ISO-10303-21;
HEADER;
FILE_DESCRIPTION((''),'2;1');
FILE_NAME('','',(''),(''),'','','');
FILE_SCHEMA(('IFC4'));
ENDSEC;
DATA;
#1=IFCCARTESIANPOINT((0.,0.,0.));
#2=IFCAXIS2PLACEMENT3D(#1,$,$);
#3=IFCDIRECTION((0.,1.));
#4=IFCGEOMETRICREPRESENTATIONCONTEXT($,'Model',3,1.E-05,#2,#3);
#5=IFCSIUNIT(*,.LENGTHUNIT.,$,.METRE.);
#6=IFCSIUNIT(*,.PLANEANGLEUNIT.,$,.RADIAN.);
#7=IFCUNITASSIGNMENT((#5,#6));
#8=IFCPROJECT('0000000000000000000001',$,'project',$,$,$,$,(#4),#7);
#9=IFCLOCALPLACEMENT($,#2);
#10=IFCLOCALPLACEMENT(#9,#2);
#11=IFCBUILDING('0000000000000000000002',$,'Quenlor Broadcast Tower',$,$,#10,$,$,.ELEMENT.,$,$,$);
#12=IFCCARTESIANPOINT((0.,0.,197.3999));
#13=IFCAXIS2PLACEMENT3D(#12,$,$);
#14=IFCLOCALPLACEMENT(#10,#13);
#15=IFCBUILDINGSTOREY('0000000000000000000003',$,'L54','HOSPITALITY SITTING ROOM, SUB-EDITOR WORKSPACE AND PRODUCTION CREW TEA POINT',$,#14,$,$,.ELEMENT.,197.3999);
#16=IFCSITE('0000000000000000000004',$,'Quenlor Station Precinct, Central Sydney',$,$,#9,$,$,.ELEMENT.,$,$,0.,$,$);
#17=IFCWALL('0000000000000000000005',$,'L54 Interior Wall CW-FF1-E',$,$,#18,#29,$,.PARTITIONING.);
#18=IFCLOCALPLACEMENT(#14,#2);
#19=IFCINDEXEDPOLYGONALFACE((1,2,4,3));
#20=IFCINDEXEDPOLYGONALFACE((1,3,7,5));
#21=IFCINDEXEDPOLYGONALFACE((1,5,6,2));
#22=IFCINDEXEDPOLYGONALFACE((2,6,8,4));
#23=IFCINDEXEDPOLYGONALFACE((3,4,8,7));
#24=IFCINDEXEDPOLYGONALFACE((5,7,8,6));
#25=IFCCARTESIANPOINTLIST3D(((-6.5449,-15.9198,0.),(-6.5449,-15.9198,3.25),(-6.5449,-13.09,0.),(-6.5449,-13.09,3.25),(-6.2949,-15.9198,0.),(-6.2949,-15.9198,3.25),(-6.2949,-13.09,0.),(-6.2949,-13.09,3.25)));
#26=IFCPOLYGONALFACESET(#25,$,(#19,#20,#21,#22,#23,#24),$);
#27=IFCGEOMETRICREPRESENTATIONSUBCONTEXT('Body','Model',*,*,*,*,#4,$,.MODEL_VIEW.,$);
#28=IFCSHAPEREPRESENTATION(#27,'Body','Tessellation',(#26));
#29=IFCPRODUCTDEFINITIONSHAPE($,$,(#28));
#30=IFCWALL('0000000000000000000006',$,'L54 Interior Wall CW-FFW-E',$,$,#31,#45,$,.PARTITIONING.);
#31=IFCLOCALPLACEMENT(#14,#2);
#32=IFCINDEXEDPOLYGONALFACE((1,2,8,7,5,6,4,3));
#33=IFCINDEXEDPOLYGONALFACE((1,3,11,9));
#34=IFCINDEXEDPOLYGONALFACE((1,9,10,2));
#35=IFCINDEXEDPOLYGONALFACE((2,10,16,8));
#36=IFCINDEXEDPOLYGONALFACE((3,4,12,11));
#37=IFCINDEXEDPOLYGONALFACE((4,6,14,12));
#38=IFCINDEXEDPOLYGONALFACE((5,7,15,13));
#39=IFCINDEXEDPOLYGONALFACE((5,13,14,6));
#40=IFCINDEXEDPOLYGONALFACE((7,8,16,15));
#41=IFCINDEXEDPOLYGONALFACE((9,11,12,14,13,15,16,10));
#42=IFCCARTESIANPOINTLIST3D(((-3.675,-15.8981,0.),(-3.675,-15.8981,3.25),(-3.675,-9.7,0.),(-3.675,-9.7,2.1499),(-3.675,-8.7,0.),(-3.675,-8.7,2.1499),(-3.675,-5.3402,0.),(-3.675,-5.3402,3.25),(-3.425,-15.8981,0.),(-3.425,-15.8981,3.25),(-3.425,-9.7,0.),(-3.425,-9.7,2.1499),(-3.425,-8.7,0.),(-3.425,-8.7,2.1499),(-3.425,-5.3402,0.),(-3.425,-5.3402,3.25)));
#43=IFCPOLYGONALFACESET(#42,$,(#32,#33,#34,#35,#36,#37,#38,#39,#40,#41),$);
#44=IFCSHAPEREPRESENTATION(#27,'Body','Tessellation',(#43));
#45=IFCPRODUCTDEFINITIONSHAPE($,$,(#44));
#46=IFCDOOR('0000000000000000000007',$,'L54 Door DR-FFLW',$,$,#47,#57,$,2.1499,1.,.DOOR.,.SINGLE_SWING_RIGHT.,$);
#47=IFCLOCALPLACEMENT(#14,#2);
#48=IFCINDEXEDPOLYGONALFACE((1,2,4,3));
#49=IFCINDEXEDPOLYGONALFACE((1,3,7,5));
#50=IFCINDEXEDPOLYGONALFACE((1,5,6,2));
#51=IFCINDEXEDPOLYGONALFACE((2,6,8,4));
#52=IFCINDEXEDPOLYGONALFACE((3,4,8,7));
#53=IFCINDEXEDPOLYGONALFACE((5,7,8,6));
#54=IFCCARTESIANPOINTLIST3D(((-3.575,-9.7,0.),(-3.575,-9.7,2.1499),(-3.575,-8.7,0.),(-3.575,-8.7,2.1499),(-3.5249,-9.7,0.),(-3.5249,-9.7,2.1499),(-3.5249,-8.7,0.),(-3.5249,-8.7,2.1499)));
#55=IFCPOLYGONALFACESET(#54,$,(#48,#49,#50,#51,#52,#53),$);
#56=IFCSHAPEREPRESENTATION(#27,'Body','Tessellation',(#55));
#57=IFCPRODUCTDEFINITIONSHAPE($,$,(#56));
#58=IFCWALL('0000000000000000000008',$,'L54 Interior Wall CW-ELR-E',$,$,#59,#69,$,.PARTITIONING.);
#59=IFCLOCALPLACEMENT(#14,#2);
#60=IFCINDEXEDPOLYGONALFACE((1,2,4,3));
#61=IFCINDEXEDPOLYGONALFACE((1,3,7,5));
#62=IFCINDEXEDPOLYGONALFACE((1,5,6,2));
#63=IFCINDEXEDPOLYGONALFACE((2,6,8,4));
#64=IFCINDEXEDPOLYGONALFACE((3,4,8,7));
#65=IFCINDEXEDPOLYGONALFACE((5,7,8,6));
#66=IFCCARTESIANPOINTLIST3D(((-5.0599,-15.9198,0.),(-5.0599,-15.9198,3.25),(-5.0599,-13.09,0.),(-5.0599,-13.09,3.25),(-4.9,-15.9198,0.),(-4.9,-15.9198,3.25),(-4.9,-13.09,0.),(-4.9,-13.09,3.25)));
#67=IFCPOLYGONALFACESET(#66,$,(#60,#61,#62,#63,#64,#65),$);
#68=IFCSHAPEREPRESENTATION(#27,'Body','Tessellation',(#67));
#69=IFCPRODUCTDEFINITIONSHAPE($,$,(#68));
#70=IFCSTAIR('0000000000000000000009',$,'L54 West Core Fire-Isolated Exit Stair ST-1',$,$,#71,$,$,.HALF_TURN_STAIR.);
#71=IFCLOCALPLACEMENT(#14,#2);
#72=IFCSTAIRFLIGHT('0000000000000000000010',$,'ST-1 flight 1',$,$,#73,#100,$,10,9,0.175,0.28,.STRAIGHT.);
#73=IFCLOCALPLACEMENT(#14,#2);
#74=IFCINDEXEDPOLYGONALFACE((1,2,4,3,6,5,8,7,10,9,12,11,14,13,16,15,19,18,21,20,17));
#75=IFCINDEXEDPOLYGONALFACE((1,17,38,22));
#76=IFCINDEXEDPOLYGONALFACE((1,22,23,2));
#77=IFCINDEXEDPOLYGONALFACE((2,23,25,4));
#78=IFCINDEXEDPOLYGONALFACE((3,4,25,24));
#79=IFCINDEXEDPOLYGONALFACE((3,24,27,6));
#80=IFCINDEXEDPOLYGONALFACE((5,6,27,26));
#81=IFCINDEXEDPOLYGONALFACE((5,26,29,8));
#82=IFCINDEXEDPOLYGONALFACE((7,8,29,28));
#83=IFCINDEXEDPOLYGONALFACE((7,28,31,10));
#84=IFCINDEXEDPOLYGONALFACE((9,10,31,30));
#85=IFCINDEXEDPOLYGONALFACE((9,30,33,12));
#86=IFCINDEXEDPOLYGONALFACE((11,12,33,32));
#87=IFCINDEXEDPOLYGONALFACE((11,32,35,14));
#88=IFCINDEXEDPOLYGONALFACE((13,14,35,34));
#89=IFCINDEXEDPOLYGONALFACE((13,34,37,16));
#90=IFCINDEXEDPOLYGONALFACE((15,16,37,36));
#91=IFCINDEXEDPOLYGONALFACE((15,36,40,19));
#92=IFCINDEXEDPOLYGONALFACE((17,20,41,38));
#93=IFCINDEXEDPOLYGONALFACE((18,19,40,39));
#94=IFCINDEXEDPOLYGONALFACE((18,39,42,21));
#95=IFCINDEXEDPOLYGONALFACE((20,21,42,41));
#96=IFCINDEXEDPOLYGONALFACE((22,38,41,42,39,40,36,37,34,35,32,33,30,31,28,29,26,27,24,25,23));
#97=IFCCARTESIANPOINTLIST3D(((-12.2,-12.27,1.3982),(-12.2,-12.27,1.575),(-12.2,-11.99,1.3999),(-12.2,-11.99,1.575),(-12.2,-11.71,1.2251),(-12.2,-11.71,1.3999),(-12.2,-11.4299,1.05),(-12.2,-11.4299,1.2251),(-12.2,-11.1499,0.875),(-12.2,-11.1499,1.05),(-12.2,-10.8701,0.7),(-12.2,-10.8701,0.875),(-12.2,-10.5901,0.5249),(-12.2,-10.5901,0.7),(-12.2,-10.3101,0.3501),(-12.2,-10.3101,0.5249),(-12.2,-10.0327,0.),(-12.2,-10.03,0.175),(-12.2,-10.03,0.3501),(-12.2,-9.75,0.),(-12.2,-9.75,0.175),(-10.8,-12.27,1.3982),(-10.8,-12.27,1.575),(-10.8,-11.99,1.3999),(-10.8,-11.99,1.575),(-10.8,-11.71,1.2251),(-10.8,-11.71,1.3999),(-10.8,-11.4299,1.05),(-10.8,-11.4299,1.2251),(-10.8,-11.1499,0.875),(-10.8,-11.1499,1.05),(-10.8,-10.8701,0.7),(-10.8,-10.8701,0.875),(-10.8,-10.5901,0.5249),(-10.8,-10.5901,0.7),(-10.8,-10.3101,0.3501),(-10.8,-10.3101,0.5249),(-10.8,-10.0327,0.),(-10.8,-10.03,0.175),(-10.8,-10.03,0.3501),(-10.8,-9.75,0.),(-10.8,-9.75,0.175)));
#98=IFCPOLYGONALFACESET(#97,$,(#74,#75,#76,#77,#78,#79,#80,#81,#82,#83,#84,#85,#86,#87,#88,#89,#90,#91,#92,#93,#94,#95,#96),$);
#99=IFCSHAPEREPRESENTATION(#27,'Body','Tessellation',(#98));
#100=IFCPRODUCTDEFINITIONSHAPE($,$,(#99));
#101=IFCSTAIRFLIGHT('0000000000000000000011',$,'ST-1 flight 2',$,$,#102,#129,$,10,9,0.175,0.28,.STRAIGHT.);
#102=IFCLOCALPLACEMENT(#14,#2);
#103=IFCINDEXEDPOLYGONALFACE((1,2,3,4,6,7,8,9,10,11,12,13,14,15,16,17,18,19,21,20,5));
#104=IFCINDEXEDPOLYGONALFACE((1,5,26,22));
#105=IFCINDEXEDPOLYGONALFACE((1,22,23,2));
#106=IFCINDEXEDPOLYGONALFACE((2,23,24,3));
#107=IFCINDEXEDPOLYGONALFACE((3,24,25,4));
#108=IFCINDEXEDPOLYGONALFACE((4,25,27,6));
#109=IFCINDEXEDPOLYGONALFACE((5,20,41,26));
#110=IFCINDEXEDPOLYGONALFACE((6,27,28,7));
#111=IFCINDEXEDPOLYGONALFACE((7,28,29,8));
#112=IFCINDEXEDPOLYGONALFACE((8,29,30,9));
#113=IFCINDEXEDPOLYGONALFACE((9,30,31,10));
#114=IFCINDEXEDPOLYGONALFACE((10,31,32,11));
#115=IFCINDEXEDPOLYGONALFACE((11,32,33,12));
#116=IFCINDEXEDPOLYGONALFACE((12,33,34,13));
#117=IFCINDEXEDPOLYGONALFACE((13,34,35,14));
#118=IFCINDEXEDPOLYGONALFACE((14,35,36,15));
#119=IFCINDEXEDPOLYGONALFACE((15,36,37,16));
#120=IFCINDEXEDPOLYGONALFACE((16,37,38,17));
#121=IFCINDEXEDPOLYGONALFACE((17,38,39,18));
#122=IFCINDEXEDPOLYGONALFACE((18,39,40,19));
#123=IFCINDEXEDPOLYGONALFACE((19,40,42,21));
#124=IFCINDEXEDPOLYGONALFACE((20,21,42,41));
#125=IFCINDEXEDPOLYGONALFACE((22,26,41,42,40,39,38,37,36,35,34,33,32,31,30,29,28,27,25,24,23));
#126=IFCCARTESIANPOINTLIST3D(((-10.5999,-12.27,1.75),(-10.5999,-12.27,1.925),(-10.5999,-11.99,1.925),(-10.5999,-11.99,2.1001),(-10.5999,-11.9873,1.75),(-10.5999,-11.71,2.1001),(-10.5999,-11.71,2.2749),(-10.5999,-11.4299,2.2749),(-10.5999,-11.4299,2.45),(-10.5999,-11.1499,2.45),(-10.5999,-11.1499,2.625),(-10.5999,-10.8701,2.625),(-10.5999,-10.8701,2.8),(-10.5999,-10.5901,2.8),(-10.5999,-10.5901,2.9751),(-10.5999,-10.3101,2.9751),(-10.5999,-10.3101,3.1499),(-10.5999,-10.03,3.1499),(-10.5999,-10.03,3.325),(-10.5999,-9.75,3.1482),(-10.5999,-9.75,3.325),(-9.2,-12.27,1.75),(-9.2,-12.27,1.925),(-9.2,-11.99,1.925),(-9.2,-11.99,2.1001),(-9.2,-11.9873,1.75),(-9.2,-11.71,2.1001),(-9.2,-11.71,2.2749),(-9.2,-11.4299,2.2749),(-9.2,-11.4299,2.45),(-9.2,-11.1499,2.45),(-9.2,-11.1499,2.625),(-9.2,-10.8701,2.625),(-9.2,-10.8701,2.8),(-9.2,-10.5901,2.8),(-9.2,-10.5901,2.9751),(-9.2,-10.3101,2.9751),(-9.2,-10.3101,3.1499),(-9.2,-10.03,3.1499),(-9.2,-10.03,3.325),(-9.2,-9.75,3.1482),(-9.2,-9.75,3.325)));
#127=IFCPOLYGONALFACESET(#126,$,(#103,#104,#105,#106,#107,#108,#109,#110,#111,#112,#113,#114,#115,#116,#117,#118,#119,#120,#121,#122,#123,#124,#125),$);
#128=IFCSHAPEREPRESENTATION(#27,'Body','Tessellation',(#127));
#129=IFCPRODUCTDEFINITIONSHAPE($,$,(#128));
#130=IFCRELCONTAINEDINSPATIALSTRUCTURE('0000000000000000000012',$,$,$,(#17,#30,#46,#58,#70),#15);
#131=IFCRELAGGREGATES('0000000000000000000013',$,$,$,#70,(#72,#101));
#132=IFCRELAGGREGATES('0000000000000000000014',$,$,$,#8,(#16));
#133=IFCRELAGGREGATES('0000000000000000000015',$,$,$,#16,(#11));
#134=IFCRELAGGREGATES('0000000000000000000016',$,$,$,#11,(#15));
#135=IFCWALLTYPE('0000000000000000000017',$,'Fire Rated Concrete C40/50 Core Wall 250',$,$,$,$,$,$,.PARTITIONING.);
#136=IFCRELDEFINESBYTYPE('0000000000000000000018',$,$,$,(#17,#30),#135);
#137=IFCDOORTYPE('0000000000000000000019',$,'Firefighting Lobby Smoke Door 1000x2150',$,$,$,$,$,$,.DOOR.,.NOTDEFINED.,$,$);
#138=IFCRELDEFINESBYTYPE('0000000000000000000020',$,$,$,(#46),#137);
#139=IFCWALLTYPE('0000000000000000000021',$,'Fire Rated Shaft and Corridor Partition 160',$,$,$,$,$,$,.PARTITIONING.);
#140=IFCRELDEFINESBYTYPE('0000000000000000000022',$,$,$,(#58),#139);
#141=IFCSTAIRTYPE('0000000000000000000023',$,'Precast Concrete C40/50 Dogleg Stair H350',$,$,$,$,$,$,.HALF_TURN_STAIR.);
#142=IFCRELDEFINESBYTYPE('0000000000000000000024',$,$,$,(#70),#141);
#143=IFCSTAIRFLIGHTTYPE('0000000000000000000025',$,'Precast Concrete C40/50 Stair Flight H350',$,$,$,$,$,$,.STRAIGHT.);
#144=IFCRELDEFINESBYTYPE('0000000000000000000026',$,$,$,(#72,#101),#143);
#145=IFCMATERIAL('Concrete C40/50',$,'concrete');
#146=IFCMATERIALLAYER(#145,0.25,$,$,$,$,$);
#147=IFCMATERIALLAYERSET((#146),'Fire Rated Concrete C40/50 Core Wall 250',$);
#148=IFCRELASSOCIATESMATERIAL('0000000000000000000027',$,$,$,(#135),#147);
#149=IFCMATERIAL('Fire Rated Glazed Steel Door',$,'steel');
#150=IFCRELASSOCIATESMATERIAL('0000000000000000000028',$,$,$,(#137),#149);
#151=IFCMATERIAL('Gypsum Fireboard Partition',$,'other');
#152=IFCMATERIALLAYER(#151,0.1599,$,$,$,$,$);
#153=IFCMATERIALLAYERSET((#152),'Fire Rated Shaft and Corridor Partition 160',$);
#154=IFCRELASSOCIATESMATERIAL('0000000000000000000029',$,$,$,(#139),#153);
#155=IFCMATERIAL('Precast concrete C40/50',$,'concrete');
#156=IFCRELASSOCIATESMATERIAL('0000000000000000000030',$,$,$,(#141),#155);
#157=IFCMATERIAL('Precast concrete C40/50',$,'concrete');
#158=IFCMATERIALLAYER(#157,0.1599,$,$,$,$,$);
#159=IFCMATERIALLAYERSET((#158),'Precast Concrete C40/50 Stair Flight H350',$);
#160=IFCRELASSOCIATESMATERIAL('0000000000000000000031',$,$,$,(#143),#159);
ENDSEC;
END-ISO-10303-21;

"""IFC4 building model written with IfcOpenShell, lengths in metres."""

from ifc_helpers import new_model, si_unit, direction, frame, frame_2d, origin, place, context, subcontext, project, spatial, polyline, rectangle, outline, extrude, material, layer, layer_set, type_object, element, fill, aggregate, save


model = new_model("IFC4")

# Units and contexts
model_context = context("Model", 3, precision=1e-05, world=origin(), true_north=direction((0.0, 1.0)))
body_context = subcontext(model_context, "Body", "Model", "MODEL_VIEW")
ifc_project = project(units=[si_unit("LENGTHUNIT", "METRE"), si_unit("PLANEANGLEUNIT", "RADIAN")], contexts=[model_context])

# Site, building, storey
site_placement = place(None, origin())
site = spatial("IfcSite", under=ifc_project, at=site_placement, Name="Quenlor Station Precinct, Central Sydney", CompositionType="ELEMENT", RefElevation=0.0)
building_placement = place(site_placement, origin())
building = spatial("IfcBuilding", under=site, at=building_placement, Name="Quenlor Broadcast Tower", CompositionType="ELEMENT")
storey_placement = place(building_placement, frame((0.0, 0.0, 197.3999)))
storey = spatial("IfcBuildingStorey", under=building, at=storey_placement, Name="L54", Description="HOSPITALITY SITTING ROOM, SUB-EDITOR WORKSPACE AND PRODUCTION CREW TEA POINT", CompositionType="ELEMENT", Elevation=197.3999)

# Shared definitions
ifc_material_1 = material(Name="Concrete C40/50", Category="concrete")
ifc_layer_1 = layer(ifc_material_1, 0.25)
ifc_layer_set_1 = layer_set([ifc_layer_1], Name="Fire Rated Concrete C40/50 Core Wall 250")
wall_type_1 = type_object("IfcWallType", Name="Fire Rated Concrete C40/50 Core Wall 250", PredefinedType="PARTITIONING", material=ifc_layer_set_1)

# Wall
wall_1_placement = place(storey_placement, frame((-6.4199, -15.9199, 0.0), z_axis=(0.0, 0.0, 1.0), x_axis=(0.0, 1.0, 0.0)))
element("IfcWall", 1, at=wall_1_placement, inside=storey, type_object=wall_type_1, Name="L54 Interior Wall CW-FF1-E", PredefinedType="PARTITIONING", context=body_context, shape_type="SweptSolid", body=[
    extrude(rectangle(XDim=2.8298, YDim=0.25, at=frame_2d((1.415, 0.0))), origin(), (0.0, 0.0, 1.0), 3.25),
])

# Wall, opening, door
wall_2_placement = place(storey_placement, frame((-3.55, -15.8979, 0.0), z_axis=(0.0, 0.0, 1.0), x_axis=(0.0, 1.0, 0.0)))
wall_2 = element("IfcWall", 2, at=wall_2_placement, inside=storey, type_object=wall_type_1, Name="L54 Interior Wall CW-FFW-E", PredefinedType="PARTITIONING", context=body_context, shape_type="SweptSolid", body=[
    extrude(rectangle(XDim=10.5579, YDim=0.25, at=frame_2d((5.2788, 0.0))), origin(), (0.0, 0.0, 1.0), 3.25),
])
opening_1_placement = place(wall_2_placement, frame((6.198, 0.0, 0.0)))
opening_1 = element("IfcOpeningElement", 3, at=opening_1_placement, cuts=wall_2, PredefinedType="OPENING", context=body_context, shape_type="SweptSolid", body=[
    extrude(rectangle(XDim=1.0, YDim=2.1499, at=frame_2d((0.5, 1.075))), frame((0.0, 0.135, 0.0), z_axis=(0.0, -1.0, 0.0), x_axis=(1.0, 0.0, 0.0)), (0.0, 0.0, 1.0), 0.27),
])
ifc_material_2 = material(Name="Fire Rated Glazed Steel Door", Category="steel")
door_type_1 = type_object("IfcDoorType", Name="Firefighting Lobby Smoke Door 1000x2150", OperationType="NOTDEFINED", PredefinedType="DOOR", material=ifc_material_2)
door_1_placement = place(opening_1_placement, origin())
door_1 = element("IfcDoor", 4, at=door_1_placement, inside=storey, type_object=door_type_1, Name="L54 Door DR-FFLW", OperationType="SINGLE_SWING_RIGHT", OverallHeight=2.1499, OverallWidth=1.0, PredefinedType="DOOR", context=body_context, shape_type="SweptSolid", body=[
    extrude(rectangle(XDim=1.0, YDim=2.1499, at=frame_2d((0.5, 1.075))), frame((0.0, 0.0249, 0.0), z_axis=(0.0, -1.0, 0.0), x_axis=(1.0, 0.0, 0.0)), (0.0, 0.0, 1.0), 0.05),
])
fill(opening_1, door_1)

# Wall
ifc_material_3 = material(Name="Gypsum Fireboard Partition", Category="other")
ifc_layer_2 = layer(ifc_material_3, 0.1599)
ifc_layer_set_2 = layer_set([ifc_layer_2], Name="Fire Rated Shaft and Corridor Partition 160")
wall_type_2 = type_object("IfcWallType", Name="Fire Rated Shaft and Corridor Partition 160", PredefinedType="PARTITIONING", material=ifc_layer_set_2)
wall_3_placement = place(storey_placement, frame((-4.98, -15.9199, 0.0), z_axis=(0.0, 0.0, 1.0), x_axis=(0.0, 1.0, 0.0)))
element("IfcWall", 5, at=wall_3_placement, inside=storey, type_object=wall_type_2, Name="L54 Interior Wall CW-ELR-E", PredefinedType="PARTITIONING", context=body_context, shape_type="SweptSolid", body=[
    extrude(rectangle(XDim=2.8298, YDim=0.1599, at=frame_2d((1.415, 0.0))), origin(), (0.0, 0.0, 1.0), 3.25),
])

# Stair, stair flights
ifc_material_4 = material(Name="Precast concrete C40/50", Category="concrete")
stair_type = type_object("IfcStairType", Name="Precast Concrete C40/50 Dogleg Stair H350", PredefinedType="HALF_TURN_STAIR", material=ifc_material_4)
stair_placement = place(storey_placement, origin())
stair = element("IfcStair", 6, at=stair_placement, inside=storey, type_object=stair_type, Name="L54 West Core Fire-Isolated Exit Stair ST-1", PredefinedType="HALF_TURN_STAIR")
ifc_material_5 = material(Name="Precast concrete C40/50", Category="concrete")
ifc_layer_3 = layer(ifc_material_5, 0.1599)
ifc_layer_set_3 = layer_set([ifc_layer_3], Name="Precast Concrete C40/50 Stair Flight H350")
stair_flight_type = type_object("IfcStairFlightType", Name="Precast Concrete C40/50 Stair Flight H350", PredefinedType="STRAIGHT", material=ifc_layer_set_3)
stair_flight_1_placement = place(storey_placement, frame((-11.5, -9.75, 0.0), z_axis=(0.0, 0.0, 1.0), x_axis=(0.0, -1.0, 0.0)))
stair_flight_1 = element("IfcStairFlight", 7, at=stair_flight_1_placement, type_object=stair_flight_type, Name="ST-1 flight 1", NumberOfRisers=10, NumberOfTreads=9, PredefinedType="STRAIGHT", RiserHeight=0.175, TreadLength=0.28, context=body_context, shape_type="SweptSolid", body=[
    extrude(outline(polyline([(0.0, 0.0), (0.0, 0.175), (0.28, 0.175), (0.28, 0.3501), (0.5601, 0.3501), (0.5601, 0.5249), (0.8401, 0.5249), (0.8401, 0.7), (1.1201, 0.7), (1.1201, 0.875), (1.3999, 0.875), (1.3999, 1.05), (1.6799, 1.05), (1.6799, 1.2251), (1.96, 1.2251), (1.96, 1.3999), (2.24, 1.3999), (2.24, 1.575), (2.52, 1.575), (2.52, 1.75), (2.52, 1.3982), (0.2827, 0.0), (0.0, 0.0)])), frame((0.0, 0.7, 0.0), z_axis=(0.0, -1.0, 0.0), x_axis=(1.0, 0.0, 0.0)), (0.0, 0.0, 1.0), 1.3999),
])
stair_flight_2_placement = place(storey_placement, frame((-9.8999, -12.27, 1.75), z_axis=(0.0, 0.0, 1.0), x_axis=(0.0, 1.0, 0.0)))
stair_flight_2 = element("IfcStairFlight", 8, at=stair_flight_2_placement, type_object=stair_flight_type, Name="ST-1 flight 2", NumberOfRisers=10, NumberOfTreads=9, PredefinedType="STRAIGHT", RiserHeight=0.175, TreadLength=0.28, context=body_context, shape_type="SweptSolid", body=[
    extrude(outline(polyline([(0.0, 0.0), (0.0, 0.175), (0.28, 0.175), (0.28, 0.3501), (0.5601, 0.3501), (0.5601, 0.5249), (0.8401, 0.5249), (0.8401, 0.7), (1.1201, 0.7), (1.1201, 0.875), (1.3999, 0.875), (1.3999, 1.05), (1.6799, 1.05), (1.6799, 1.2251), (1.96, 1.2251), (1.96, 1.3999), (2.24, 1.3999), (2.24, 1.575), (2.52, 1.575), (2.52, 1.75), (2.52, 1.3982), (0.2827, 0.0), (0.0, 0.0)])), frame((0.0, 0.7, 0.0), z_axis=(0.0, -1.0, 0.0), x_axis=(1.0, 0.0, 0.0)), (0.0, 0.0, 1.0), 1.3999),
])
aggregate(stair, [stair_flight_1, stair_flight_2])

save(model, "model.ifc")
